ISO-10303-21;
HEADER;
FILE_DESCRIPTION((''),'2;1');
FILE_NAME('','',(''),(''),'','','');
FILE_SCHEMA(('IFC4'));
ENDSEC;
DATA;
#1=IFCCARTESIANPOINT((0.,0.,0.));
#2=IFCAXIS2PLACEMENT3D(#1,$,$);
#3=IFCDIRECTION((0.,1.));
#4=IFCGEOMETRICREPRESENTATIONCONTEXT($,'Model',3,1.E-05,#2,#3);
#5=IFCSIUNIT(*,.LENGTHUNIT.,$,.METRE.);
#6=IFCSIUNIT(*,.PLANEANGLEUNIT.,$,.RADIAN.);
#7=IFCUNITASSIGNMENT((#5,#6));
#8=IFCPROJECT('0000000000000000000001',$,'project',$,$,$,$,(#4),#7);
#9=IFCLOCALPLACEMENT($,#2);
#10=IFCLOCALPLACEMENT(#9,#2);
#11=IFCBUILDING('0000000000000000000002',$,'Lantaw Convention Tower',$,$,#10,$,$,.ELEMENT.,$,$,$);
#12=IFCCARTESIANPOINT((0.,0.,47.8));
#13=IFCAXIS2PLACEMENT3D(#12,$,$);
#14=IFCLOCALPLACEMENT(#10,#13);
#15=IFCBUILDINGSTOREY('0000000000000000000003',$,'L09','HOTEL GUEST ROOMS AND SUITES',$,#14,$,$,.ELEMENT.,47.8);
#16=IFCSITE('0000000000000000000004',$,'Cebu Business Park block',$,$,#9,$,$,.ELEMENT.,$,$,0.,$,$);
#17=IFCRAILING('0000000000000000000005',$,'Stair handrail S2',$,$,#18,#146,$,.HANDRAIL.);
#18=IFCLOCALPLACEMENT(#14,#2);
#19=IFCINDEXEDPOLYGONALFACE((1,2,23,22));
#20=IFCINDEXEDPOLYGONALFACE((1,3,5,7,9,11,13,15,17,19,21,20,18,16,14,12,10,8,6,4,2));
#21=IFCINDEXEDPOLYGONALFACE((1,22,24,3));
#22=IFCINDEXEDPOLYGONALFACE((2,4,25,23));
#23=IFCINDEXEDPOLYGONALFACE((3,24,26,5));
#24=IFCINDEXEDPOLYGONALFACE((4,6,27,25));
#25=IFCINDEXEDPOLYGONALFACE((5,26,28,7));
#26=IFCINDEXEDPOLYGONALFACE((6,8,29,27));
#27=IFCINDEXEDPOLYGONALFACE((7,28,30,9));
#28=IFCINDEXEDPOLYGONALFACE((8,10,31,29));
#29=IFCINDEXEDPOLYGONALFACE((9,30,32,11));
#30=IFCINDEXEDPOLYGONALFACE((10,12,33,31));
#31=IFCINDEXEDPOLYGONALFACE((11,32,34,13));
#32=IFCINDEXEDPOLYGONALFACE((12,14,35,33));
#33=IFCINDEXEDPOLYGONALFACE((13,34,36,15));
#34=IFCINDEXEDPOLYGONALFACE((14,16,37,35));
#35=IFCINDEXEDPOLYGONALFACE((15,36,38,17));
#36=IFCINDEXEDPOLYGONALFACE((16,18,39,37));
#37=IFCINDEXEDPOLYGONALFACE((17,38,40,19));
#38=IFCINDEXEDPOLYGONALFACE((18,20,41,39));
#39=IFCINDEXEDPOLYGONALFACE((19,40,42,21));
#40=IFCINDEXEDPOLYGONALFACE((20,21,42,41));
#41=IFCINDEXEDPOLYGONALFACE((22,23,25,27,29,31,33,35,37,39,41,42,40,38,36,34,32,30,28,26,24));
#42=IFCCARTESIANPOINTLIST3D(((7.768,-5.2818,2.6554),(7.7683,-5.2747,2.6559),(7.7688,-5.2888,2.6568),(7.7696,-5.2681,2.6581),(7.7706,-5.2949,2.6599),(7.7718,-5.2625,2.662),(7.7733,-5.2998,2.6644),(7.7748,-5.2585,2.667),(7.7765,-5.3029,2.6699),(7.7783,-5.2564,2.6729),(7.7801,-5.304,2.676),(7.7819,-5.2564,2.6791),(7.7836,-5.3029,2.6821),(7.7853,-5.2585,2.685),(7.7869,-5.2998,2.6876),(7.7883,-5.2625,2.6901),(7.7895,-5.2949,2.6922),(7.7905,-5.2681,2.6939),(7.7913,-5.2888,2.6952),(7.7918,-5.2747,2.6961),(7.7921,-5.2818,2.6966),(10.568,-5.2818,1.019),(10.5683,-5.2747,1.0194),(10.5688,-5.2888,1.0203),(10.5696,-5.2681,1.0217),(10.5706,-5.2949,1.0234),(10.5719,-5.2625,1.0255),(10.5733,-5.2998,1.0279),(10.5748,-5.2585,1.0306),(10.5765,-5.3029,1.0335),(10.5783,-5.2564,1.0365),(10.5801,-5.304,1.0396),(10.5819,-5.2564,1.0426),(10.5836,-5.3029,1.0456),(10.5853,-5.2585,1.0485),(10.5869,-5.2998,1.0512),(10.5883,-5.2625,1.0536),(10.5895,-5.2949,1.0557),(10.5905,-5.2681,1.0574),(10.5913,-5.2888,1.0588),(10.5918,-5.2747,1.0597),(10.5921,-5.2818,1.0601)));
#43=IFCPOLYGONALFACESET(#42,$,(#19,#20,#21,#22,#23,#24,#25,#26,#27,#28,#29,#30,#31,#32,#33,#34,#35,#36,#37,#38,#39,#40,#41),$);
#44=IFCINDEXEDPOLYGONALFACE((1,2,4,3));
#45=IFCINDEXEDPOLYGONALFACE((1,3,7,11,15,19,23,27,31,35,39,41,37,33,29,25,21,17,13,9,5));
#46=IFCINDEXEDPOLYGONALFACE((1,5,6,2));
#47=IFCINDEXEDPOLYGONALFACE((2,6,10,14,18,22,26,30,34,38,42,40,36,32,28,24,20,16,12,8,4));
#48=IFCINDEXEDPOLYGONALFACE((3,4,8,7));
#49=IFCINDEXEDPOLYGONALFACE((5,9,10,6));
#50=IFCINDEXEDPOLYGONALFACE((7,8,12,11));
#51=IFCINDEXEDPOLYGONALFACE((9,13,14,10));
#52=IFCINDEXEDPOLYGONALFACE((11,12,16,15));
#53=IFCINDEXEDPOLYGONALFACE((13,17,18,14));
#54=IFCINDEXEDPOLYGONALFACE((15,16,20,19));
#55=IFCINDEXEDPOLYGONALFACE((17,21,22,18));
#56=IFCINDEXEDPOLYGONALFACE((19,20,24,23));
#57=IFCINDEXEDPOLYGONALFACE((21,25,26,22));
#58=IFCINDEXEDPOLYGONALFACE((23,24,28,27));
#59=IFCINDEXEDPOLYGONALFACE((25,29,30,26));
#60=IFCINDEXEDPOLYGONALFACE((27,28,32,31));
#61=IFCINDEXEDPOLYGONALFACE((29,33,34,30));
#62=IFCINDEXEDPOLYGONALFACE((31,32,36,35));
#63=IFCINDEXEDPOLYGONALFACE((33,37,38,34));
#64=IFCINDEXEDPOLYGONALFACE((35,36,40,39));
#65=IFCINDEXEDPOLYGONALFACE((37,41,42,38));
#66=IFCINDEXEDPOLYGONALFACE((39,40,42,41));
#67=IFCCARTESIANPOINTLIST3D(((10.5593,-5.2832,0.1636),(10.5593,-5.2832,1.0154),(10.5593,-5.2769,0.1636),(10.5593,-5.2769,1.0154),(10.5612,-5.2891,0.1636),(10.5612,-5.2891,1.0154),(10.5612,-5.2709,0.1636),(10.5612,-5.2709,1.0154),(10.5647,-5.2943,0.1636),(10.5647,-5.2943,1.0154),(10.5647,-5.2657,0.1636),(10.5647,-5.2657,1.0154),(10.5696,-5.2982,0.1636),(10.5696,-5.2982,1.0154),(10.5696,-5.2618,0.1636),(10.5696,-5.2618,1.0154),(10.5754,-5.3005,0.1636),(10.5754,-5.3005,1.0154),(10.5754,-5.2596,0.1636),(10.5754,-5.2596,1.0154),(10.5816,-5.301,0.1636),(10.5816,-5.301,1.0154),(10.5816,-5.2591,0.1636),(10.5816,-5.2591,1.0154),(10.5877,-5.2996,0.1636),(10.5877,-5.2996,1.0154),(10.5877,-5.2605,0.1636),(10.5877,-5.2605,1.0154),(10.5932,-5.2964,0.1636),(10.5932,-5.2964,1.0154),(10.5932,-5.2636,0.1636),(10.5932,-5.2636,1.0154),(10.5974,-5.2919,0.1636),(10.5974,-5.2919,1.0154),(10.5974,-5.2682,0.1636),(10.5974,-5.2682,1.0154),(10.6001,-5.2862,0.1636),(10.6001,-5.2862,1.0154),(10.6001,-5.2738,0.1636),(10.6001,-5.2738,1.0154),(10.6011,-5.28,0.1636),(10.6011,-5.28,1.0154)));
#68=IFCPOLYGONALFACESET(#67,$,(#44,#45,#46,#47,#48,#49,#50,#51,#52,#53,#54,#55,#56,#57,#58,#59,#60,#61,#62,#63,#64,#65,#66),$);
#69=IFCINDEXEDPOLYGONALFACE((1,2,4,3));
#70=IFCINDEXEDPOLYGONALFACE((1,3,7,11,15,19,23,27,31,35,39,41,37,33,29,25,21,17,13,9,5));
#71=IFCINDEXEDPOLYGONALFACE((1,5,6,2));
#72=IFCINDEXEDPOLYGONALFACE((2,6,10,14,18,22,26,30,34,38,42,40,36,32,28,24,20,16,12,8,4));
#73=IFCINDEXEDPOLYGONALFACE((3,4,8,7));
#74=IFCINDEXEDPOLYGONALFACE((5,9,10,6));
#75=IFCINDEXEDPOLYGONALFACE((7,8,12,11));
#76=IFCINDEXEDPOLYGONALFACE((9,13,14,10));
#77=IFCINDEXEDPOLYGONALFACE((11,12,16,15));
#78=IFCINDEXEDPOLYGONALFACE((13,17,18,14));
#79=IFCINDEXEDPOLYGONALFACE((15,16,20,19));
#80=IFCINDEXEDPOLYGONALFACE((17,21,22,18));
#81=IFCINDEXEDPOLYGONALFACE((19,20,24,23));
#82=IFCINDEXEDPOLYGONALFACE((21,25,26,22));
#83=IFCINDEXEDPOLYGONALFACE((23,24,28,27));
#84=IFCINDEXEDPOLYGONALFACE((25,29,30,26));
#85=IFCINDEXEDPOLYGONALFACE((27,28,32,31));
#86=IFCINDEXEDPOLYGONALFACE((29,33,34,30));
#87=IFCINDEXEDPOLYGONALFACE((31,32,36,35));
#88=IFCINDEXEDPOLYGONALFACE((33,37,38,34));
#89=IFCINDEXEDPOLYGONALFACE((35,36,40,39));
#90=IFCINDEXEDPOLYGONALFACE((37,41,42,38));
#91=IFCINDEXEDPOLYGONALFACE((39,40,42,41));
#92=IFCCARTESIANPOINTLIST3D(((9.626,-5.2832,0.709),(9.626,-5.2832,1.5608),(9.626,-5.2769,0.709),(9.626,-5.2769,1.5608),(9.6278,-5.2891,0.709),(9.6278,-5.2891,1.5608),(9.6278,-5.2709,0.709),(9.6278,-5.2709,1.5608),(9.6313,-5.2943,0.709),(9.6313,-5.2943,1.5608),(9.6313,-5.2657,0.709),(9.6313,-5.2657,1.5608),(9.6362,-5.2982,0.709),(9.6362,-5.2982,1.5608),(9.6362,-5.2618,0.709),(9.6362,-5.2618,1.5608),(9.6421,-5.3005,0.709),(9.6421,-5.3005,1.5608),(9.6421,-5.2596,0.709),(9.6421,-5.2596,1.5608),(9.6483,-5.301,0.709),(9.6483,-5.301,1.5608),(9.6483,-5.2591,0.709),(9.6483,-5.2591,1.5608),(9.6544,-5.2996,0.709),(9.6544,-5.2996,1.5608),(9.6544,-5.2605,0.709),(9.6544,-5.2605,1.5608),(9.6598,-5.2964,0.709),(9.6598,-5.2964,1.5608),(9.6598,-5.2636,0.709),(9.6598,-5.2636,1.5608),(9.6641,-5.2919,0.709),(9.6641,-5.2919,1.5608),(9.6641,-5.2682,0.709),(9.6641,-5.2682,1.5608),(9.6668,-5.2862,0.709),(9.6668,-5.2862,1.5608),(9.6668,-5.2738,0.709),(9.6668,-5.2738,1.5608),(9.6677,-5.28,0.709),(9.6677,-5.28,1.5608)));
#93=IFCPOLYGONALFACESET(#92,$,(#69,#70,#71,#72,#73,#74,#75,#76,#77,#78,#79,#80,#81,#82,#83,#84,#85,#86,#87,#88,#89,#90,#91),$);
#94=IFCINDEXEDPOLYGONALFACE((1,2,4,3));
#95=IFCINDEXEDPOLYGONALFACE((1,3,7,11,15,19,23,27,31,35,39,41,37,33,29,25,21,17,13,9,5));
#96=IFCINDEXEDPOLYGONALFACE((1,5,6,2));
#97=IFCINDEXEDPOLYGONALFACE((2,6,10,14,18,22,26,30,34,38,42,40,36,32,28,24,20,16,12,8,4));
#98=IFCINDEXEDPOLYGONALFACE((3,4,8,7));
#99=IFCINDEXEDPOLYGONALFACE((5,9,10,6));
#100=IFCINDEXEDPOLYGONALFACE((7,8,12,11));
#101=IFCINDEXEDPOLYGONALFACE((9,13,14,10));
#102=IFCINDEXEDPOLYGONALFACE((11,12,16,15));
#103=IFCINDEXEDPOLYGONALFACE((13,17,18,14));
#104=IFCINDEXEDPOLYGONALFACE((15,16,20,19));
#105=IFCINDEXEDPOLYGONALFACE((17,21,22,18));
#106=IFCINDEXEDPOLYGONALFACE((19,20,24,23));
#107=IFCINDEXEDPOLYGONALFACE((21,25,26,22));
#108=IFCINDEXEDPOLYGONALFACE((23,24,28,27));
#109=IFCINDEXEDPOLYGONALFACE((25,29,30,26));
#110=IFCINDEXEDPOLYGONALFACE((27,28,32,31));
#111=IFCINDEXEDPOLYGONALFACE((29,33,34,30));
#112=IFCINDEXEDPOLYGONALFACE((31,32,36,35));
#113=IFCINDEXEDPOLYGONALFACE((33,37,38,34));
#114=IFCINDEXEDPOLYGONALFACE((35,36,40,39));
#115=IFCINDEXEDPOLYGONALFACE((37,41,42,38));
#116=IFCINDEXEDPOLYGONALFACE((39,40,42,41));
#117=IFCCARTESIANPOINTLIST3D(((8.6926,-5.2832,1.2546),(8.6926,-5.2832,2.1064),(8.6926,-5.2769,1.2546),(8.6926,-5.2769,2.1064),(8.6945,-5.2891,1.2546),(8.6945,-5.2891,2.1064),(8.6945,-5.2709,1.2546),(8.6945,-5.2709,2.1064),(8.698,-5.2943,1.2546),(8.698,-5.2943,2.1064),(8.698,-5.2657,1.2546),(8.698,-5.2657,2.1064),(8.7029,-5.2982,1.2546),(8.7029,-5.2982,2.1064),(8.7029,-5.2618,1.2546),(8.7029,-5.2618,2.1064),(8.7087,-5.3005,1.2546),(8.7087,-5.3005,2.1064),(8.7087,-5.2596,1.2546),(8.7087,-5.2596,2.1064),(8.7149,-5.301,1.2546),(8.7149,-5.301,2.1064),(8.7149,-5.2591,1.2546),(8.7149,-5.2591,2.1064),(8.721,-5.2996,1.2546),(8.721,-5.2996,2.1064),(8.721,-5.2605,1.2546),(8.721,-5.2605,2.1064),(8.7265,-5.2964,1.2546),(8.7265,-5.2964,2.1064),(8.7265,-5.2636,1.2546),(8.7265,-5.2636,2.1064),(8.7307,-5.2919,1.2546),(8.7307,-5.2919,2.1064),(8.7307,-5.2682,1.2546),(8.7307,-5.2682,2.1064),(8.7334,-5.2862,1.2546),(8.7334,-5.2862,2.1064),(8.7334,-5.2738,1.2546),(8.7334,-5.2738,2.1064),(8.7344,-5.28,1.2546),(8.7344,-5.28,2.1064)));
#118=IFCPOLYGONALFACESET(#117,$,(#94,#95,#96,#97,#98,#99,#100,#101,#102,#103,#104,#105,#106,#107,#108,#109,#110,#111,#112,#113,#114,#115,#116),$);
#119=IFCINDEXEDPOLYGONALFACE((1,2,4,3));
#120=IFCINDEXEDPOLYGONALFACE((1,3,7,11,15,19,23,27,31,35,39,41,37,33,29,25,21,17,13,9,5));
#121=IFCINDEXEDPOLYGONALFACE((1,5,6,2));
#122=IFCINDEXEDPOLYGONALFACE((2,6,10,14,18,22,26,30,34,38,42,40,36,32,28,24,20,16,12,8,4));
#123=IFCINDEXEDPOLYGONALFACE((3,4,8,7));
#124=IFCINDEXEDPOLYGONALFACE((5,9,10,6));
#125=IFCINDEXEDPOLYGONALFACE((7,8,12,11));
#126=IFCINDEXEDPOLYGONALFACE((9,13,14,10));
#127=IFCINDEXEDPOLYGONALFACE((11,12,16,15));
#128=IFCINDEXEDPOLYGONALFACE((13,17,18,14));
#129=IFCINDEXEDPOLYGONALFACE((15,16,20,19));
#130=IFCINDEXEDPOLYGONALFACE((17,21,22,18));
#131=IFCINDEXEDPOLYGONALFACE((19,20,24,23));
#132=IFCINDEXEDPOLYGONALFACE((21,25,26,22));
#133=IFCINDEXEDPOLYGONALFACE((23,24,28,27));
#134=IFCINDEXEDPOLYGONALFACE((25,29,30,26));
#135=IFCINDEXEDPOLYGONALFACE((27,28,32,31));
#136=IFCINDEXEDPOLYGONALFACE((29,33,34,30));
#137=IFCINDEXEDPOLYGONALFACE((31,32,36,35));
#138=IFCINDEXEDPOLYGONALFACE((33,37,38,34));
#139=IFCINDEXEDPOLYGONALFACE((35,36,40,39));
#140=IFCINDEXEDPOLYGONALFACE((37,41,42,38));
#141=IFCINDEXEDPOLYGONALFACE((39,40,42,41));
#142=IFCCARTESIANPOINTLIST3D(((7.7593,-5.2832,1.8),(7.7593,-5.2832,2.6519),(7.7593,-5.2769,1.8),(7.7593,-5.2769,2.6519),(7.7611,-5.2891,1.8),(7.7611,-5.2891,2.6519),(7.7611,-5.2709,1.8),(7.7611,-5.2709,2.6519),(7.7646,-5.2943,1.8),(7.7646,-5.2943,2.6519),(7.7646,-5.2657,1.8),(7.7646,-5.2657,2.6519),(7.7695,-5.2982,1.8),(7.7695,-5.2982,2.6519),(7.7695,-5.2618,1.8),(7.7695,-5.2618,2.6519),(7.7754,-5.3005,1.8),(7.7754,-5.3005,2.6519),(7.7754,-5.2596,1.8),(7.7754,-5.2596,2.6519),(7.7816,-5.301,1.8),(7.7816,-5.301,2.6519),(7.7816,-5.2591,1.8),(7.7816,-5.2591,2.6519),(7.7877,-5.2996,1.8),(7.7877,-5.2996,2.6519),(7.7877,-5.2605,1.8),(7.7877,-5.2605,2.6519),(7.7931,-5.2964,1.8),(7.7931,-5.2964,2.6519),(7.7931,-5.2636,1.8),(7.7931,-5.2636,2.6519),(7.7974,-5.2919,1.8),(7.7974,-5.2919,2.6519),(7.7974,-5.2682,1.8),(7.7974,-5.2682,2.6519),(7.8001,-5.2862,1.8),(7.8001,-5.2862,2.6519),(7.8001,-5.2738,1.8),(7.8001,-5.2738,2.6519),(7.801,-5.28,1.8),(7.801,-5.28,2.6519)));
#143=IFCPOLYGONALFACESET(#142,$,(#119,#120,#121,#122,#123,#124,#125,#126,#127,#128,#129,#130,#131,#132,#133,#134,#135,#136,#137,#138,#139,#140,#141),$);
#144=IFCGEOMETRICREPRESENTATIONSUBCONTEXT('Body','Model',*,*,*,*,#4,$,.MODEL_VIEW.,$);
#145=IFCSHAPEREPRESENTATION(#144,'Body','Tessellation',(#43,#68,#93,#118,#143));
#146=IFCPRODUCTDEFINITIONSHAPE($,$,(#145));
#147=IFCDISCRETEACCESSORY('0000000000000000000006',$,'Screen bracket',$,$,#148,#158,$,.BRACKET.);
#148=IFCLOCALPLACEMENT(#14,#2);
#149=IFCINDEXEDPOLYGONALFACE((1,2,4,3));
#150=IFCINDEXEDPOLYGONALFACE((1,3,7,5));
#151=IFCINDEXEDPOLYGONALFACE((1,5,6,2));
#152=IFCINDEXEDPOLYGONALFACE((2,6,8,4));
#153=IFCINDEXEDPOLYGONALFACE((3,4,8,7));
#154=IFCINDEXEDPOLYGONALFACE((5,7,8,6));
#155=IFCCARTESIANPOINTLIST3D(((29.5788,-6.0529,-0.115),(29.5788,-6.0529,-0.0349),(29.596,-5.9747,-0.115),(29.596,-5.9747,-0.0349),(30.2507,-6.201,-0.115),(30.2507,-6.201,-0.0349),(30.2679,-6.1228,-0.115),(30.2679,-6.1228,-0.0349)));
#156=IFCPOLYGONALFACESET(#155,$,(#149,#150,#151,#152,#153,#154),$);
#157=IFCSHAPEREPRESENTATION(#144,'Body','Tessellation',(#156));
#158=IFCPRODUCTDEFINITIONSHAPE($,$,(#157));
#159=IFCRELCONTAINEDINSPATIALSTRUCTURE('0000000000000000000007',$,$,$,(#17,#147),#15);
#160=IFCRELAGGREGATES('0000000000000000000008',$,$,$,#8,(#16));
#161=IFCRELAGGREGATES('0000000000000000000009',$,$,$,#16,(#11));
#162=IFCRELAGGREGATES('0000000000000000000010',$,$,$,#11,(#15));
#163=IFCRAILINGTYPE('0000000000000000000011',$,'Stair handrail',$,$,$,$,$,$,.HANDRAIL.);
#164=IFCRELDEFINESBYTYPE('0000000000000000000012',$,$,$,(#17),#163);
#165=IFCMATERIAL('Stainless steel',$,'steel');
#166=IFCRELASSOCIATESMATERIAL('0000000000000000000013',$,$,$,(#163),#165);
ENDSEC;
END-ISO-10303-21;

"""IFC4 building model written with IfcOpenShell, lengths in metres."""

from ifc_helpers import new_model, si_unit, direction, frame, origin, origin_2d, place, context, subcontext, project, spatial, rectangle, circle, extrude, material, type_object, element, save


model = new_model("IFC4")

# Units and contexts
model_context = context("Model", 3, precision=1e-05, world=origin(), true_north=direction((0.0, 1.0)))
body_context = subcontext(model_context, "Body", "Model", "MODEL_VIEW")
ifc_project = project(units=[si_unit("LENGTHUNIT", "METRE"), si_unit("PLANEANGLEUNIT", "RADIAN")], contexts=[model_context])

# Site, building, storey
site_placement = place(None, origin())
site = spatial("IfcSite", under=ifc_project, at=site_placement, Name="Cebu Business Park block", CompositionType="ELEMENT", RefElevation=0.0)
building_placement = place(site_placement, origin())
building = spatial("IfcBuilding", under=site, at=building_placement, Name="Lantaw Convention Tower", CompositionType="ELEMENT")
storey_placement = place(building_placement, frame((0.0, 0.0, 47.8)))
storey = spatial("IfcBuildingStorey", under=building, at=storey_placement, Name="L09", Description="HOTEL GUEST ROOMS AND SUITES", CompositionType="ELEMENT", Elevation=47.8)

# Railing
ifc_material_1 = material(Name="Stainless steel", Category="steel")
railing_type = type_object("IfcRailingType", Name="Stair handrail", PredefinedType="HANDRAIL", material=ifc_material_1)
railing_placement = place(storey_placement, frame((10.5801, -5.28, 0.1636)))
element("IfcRailing", 1, at=railing_placement, inside=storey, type_object=railing_type, Name="Stair handrail S2", PredefinedType="HANDRAIL", context=body_context, shape_type="SweptSolid", body=[
    extrude(circle(Radius=0.0239, at=origin_2d()), frame((0.0, 0.0, 0.876), z_axis=(-0.863361, 0.0, 0.504587), x_axis=(0.0, -1.0, 0.0)), (0.0, 0.0, 1.0), 3.2432),
    extrude(circle(Radius=0.021, at=origin_2d()), origin(), (0.0, 0.0, 1.0), 0.8518),
    extrude(circle(Radius=0.021, at=origin_2d()), frame((-0.9333, 0.0, 0.5454)), (0.0, 0.0, 1.0), 0.8518),
    extrude(circle(Radius=0.021, at=origin_2d()), frame((-1.8667, 0.0, 1.0911)), (0.0, 0.0, 1.0), 0.8518),
    extrude(circle(Radius=0.021, at=origin_2d()), frame((-2.8, 0.0, 1.6365)), (0.0, 0.0, 1.0), 0.8518),
])

# Discrete accessory
discrete_accessory_placement = place(storey_placement, frame((29.9233, -6.0879, -0.115), z_axis=(0.0, 0.0, 1.0), x_axis=(0.215246, 0.97656, 0.0)))
element("IfcDiscreteAccessory", 2, at=discrete_accessory_placement, inside=storey, Name="Screen bracket", PredefinedType="BRACKET", context=body_context, shape_type="SweptSolid", body=[
    extrude(rectangle(XDim=0.0801, YDim=0.688, at=origin_2d()), origin(), (0.0, 0.0, 1.0), 0.0801),
])

save(model, "model.ifc")
